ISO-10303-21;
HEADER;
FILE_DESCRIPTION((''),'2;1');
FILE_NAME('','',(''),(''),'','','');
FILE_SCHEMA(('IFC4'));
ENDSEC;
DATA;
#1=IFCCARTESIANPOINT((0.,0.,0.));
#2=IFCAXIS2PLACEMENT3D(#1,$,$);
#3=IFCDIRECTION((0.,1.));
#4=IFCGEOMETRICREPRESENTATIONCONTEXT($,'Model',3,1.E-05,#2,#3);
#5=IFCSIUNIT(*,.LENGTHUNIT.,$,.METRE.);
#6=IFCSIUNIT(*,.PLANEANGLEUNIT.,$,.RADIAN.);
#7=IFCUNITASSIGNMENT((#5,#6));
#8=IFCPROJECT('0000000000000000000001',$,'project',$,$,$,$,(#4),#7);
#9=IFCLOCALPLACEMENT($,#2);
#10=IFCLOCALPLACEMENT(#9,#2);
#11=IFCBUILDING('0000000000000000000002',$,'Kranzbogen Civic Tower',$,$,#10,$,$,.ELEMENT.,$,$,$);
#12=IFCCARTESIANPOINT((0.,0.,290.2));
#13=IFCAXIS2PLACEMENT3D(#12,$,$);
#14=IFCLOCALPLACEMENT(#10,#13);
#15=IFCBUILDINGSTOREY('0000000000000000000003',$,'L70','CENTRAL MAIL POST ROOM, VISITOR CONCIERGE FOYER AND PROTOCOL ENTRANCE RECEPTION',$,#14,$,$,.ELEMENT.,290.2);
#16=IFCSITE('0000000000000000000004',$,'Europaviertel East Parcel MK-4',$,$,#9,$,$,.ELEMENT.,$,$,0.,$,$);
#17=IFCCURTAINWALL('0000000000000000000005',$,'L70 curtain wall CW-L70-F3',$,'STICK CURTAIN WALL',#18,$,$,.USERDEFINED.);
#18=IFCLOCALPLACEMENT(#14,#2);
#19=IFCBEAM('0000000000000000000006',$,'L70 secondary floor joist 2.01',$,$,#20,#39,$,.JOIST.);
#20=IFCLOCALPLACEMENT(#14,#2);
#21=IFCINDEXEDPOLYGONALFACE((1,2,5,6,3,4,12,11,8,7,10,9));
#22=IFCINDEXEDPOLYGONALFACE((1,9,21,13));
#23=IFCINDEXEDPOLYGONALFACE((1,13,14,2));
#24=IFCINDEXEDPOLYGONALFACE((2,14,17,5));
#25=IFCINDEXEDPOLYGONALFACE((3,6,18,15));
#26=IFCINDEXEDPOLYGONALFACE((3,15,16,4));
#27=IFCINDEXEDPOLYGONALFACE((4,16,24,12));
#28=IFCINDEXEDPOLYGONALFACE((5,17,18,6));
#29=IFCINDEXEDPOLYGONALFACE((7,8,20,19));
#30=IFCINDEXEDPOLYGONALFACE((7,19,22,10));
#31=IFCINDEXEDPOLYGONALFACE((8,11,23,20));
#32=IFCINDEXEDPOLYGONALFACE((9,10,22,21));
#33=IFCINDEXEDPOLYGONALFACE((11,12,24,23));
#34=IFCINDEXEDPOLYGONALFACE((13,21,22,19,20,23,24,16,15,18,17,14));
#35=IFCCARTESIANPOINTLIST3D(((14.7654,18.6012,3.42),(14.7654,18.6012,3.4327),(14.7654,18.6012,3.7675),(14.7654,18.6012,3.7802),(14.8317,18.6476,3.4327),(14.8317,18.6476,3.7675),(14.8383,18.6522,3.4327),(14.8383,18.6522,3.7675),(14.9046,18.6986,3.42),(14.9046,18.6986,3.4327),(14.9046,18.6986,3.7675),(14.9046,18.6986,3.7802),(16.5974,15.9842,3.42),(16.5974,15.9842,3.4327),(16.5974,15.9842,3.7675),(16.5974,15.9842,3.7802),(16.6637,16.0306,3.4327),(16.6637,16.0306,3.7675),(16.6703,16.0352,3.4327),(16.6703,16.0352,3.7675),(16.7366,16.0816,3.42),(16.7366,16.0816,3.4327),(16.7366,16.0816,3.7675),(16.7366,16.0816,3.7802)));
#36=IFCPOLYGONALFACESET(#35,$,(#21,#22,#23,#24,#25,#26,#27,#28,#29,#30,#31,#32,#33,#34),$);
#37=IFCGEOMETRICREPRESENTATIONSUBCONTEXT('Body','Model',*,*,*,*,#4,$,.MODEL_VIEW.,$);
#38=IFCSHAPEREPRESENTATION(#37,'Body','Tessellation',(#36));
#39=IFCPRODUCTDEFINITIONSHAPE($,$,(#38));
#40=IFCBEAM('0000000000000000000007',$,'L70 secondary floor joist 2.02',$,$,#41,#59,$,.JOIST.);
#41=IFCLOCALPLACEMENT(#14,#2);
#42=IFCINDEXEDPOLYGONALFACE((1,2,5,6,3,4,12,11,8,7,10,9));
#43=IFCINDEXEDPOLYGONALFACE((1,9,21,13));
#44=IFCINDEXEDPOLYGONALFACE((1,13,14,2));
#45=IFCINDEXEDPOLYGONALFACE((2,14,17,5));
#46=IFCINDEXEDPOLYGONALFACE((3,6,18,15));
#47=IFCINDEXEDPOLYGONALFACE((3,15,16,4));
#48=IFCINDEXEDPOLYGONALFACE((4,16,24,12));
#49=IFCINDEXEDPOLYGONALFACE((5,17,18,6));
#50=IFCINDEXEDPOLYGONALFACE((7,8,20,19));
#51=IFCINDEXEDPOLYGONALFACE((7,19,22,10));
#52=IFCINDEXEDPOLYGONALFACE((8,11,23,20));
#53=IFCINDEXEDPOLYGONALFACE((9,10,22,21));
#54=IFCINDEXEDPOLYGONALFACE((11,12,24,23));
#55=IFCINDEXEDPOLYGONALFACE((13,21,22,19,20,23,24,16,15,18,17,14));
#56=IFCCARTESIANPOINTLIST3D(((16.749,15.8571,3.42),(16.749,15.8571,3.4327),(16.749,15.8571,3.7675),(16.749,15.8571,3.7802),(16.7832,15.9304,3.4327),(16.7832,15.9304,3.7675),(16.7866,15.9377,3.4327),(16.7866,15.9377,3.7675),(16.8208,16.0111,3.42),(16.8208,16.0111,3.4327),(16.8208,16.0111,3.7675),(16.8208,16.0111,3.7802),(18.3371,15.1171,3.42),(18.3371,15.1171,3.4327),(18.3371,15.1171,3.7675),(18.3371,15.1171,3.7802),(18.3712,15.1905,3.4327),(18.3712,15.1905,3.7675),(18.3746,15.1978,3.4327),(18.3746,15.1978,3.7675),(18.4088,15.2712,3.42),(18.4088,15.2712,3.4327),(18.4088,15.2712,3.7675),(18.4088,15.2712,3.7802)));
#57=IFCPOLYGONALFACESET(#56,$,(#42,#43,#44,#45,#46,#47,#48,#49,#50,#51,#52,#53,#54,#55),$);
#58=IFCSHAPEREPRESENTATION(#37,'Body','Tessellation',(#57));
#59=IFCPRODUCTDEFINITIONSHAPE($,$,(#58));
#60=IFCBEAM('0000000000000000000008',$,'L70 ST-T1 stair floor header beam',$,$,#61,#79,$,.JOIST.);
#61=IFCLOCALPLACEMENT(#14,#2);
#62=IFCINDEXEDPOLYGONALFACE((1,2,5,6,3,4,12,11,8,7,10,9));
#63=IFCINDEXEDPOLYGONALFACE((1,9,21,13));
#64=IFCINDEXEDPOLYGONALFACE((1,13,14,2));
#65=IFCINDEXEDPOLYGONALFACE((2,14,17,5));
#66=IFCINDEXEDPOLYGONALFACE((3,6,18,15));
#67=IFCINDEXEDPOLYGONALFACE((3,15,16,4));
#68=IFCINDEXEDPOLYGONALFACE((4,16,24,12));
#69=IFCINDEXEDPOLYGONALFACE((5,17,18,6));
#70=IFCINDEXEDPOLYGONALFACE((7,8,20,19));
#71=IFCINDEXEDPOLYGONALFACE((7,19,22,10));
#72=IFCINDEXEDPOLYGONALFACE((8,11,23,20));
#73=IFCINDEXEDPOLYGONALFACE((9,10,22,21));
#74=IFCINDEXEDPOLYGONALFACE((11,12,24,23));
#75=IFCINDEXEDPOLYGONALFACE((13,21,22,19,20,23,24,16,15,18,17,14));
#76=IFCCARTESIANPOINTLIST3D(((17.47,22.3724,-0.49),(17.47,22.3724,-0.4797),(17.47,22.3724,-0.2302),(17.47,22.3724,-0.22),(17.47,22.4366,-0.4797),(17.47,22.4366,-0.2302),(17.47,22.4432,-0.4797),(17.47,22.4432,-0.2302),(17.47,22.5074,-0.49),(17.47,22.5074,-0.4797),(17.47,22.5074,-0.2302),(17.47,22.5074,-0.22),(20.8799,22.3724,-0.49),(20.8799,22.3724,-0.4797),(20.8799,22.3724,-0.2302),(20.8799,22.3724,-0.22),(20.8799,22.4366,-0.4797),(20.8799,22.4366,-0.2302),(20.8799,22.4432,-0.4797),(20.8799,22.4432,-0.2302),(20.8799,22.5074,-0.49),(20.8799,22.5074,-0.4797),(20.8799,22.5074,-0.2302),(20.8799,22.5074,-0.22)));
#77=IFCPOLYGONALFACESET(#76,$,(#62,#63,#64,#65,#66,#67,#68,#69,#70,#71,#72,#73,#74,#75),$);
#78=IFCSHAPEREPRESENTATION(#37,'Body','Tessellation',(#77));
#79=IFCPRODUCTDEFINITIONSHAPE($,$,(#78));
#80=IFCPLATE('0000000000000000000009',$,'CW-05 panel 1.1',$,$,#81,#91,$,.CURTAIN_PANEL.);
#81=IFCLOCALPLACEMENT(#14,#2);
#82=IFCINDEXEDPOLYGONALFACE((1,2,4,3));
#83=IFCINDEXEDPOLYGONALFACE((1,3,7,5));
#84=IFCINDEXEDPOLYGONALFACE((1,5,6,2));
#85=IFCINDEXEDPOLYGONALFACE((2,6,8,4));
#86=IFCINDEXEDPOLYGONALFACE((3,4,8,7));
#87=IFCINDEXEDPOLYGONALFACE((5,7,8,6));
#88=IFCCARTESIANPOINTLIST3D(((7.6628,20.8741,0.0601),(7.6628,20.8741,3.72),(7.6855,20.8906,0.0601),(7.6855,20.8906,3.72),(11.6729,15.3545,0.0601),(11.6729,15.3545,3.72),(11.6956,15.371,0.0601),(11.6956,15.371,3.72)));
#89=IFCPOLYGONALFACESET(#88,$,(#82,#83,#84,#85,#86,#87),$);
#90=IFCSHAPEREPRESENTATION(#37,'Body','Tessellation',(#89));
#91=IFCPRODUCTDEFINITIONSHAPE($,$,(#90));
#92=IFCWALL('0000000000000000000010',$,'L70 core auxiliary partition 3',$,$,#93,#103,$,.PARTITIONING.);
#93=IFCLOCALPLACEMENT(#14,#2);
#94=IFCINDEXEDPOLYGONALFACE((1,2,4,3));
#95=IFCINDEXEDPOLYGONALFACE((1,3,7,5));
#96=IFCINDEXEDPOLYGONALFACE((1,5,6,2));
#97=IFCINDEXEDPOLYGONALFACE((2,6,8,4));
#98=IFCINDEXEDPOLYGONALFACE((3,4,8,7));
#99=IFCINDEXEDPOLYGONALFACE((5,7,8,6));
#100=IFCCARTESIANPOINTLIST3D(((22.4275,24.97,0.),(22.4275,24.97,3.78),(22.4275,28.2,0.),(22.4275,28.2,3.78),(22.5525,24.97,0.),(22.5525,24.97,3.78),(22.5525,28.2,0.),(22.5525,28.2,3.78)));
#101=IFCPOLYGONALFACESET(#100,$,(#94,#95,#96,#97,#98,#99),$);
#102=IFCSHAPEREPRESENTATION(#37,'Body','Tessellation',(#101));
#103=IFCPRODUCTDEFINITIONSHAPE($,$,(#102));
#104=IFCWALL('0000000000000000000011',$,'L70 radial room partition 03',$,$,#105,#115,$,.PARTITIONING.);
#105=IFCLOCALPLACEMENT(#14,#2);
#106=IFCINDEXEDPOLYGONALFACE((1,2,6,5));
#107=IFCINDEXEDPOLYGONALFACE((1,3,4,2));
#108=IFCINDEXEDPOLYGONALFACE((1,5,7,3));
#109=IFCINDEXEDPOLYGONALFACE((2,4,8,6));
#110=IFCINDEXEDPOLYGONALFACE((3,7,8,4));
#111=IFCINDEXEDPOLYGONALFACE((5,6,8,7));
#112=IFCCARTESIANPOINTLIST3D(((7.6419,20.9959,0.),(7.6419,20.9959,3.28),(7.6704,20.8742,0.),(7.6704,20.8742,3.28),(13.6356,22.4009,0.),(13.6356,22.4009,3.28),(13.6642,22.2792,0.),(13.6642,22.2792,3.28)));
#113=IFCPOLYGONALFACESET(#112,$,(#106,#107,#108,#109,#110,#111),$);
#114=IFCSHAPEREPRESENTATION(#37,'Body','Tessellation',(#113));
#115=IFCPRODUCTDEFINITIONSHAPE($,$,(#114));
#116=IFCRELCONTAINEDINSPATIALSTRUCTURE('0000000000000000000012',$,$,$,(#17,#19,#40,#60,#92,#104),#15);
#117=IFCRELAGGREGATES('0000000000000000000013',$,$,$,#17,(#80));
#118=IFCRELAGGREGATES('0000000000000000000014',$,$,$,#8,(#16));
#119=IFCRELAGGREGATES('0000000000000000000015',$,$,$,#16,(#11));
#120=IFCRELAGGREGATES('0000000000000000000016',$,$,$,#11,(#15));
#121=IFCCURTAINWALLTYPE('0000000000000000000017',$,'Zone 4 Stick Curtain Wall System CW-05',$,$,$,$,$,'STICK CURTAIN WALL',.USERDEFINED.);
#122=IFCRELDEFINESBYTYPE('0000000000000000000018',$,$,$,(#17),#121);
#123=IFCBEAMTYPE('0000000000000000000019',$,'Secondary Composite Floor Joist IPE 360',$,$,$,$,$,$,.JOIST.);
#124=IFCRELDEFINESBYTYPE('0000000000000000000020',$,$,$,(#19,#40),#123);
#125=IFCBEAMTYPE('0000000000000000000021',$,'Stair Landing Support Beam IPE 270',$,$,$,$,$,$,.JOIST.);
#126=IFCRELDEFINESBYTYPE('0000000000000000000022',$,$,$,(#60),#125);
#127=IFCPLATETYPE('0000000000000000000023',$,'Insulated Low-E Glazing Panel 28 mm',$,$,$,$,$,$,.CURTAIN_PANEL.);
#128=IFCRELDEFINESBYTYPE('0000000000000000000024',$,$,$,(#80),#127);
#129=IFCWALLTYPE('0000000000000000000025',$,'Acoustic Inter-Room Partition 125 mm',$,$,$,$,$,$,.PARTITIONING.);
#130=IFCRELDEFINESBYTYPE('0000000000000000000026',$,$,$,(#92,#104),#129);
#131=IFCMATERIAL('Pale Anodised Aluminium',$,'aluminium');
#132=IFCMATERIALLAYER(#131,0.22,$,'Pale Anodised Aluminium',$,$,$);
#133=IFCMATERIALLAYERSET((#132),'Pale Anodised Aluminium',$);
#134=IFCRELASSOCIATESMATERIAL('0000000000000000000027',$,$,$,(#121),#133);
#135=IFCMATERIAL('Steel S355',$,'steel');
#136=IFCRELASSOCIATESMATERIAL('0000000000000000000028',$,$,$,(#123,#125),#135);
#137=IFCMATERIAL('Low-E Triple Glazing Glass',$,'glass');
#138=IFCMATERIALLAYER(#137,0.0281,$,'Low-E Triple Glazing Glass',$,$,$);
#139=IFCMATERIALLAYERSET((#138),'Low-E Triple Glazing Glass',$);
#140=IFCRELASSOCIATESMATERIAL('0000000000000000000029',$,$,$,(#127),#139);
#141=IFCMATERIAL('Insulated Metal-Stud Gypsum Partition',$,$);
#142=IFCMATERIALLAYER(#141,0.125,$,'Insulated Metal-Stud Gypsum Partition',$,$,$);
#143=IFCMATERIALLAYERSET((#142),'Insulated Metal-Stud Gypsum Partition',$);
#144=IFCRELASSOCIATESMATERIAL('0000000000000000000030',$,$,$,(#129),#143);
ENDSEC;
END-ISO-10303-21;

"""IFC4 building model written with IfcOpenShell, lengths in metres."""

from ifc_helpers import new_model, si_unit, direction, frame, frame_2d, origin, origin_2d, place, context, subcontext, project, spatial, rectangle, i_section, extrude, material, layer, layer_set, material_profile, profile_set, type_object, element, aggregate, save


model = new_model("IFC4")

# Units and contexts
model_context = context("Model", 3, precision=1e-05, world=origin(), true_north=direction((0.0, 1.0)))
body_context = subcontext(model_context, "Body", "Model", "MODEL_VIEW")
ifc_project = project(units=[si_unit("LENGTHUNIT", "METRE"), si_unit("PLANEANGLEUNIT", "RADIAN")], contexts=[model_context])

# Site, building, storey
site_placement = place(None, origin())
site = spatial("IfcSite", under=ifc_project, at=site_placement, Name="Europaviertel East Parcel MK-4", CompositionType="ELEMENT", RefElevation=0.0)
building_placement = place(site_placement, origin())
building = spatial("IfcBuilding", under=site, at=building_placement, Name="Kranzbogen Civic Tower", CompositionType="ELEMENT")
storey_placement = place(building_placement, frame((0.0, 0.0, 290.2)))
storey = spatial("IfcBuildingStorey", under=building, at=storey_placement, Name="L70", Description="CENTRAL MAIL POST ROOM, VISITOR CONCIERGE FOYER AND PROTOCOL ENTRANCE RECEPTION", CompositionType="ELEMENT", Elevation=290.2)

# Shared definitions
ifc_material_1 = material(Name="Steel S355", Category="steel")

# Shared definitions
ifc_material_2 = material(Name="Pale Anodised Aluminium", Category="aluminium")
ifc_layer_1 = layer(ifc_material_2, 0.22, Name="Pale Anodised Aluminium")
ifc_layer_set_1 = layer_set([ifc_layer_1], Name="Pale Anodised Aluminium")
curtain_wall_type = type_object("IfcCurtainWallType", Name="Zone 4 Stick Curtain Wall System CW-05", ElementType="STICK CURTAIN WALL", PredefinedType="USERDEFINED", material=ifc_layer_set_1)

# Curtain wall
curtain_wall_1_placement = place(storey_placement, origin())
curtain_wall_1 = element("IfcCurtainWall", 1, at=curtain_wall_1_placement, inside=storey, type_object=curtain_wall_type, Name="L70 curtain wall CW-L70-F3", ObjectType="STICK CURTAIN WALL", PredefinedType="USERDEFINED")

# Beams
ifc_material_profile_1 = material_profile(ifc_material_1, i_section(OverallWidth=0.1699, OverallDepth=0.3601, WebThickness=0.0081, FlangeThickness=0.0127, at=origin_2d()), Name="IPE 360")
ifc_profile_set_1 = profile_set([ifc_material_profile_1], Name="Steel S355")
beam_type_1 = type_object("IfcBeamType", Name="Secondary Composite Floor Joist IPE 360", PredefinedType="JOIST", material=ifc_profile_set_1)
beam_1_placement = place(storey_placement, frame((14.835, 18.6499, 3.6001), z_axis=(0.573498, -0.819207, 0.0), x_axis=(0.819207, 0.573498, 0.0)))
element("IfcBeam", 2, at=beam_1_placement, inside=storey, type_object=beam_type_1, Name="L70 secondary floor joist 2.01", PredefinedType="JOIST", context=body_context, shape_type="SweptSolid", body=[
    extrude(i_section(OverallWidth=0.1699, OverallDepth=0.3601, WebThickness=0.0081, FlangeThickness=0.0127, at=origin_2d()), origin(), (0.0, 0.0, 1.0), 3.1946),
])
beam_2_placement = place(storey_placement, frame((16.7849, 15.9341, 3.6001), z_axis=(0.906432, -0.422351, 0.0), x_axis=(0.422351, 0.906432, 0.0)))
element("IfcBeam", 3, at=beam_2_placement, inside=storey, type_object=beam_type_1, Name="L70 secondary floor joist 2.02", PredefinedType="JOIST", context=body_context, shape_type="SweptSolid", body=[
    extrude(i_section(OverallWidth=0.1699, OverallDepth=0.3601, WebThickness=0.0081, FlangeThickness=0.0127, at=origin_2d()), origin(), (0.0, 0.0, 1.0), 1.752),
])
ifc_material_profile_2 = material_profile(ifc_material_1, i_section(OverallWidth=0.135, OverallDepth=0.27, WebThickness=0.0066, FlangeThickness=0.0103, at=origin_2d()), Name="IPE 270")
ifc_profile_set_2 = profile_set([ifc_material_profile_2], Name="Steel S355")
beam_type_2 = type_object("IfcBeamType", Name="Stair Landing Support Beam IPE 270", PredefinedType="JOIST", material=ifc_profile_set_2)
beam_3_placement = place(storey_placement, frame((20.8799, 22.4399, -0.355), z_axis=(-1.0, 0.0, 0.0), x_axis=(0.0, -1.0, 0.0)))
element("IfcBeam", 4, at=beam_3_placement, inside=storey, type_object=beam_type_2, Name="L70 ST-T1 stair floor header beam", PredefinedType="JOIST", context=body_context, shape_type="SweptSolid", body=[
    extrude(i_section(OverallWidth=0.135, OverallDepth=0.27, WebThickness=0.0066, FlangeThickness=0.0103, at=origin_2d()), origin(), (0.0, 0.0, 1.0), 3.4099),
])

# Plate
ifc_material_3 = material(Name="Low-E Triple Glazing Glass", Category="glass")
ifc_layer_2 = layer(ifc_material_3, 0.0281, Name="Low-E Triple Glazing Glass")
ifc_layer_set_2 = layer_set([ifc_layer_2], Name="Low-E Triple Glazing Glass")
plate_type = type_object("IfcPlateType", Name="Insulated Low-E Glazing Panel 28 mm", PredefinedType="CURTAIN_PANEL", material=ifc_layer_set_2)
plate_placement = place(storey_placement, frame((9.6792, 18.1226, 0.0601), z_axis=(0.0, 0.0, 1.0), x_axis=(0.587767, -0.80903, 0.0)))
plate = element("IfcPlate", 5, at=plate_placement, type_object=plate_type, Name="CW-05 panel 1.1", PredefinedType="CURTAIN_PANEL", context=body_context, shape_type="SweptSolid", body=[
    extrude(rectangle(XDim=6.8225, YDim=0.0281, at=origin_2d()), origin(), (0.0, 0.0, 1.0), 3.6599),
])
aggregate(curtain_wall_1, [plate])

# Walls
ifc_material_4 = material(Name="Insulated Metal-Stud Gypsum Partition")
ifc_layer_3 = layer(ifc_material_4, 0.125, Name="Insulated Metal-Stud Gypsum Partition")
ifc_layer_set_3 = layer_set([ifc_layer_3], Name="Insulated Metal-Stud Gypsum Partition")
wall_type_1 = type_object("IfcWallType", Name="Acoustic Inter-Room Partition 125 mm", PredefinedType="PARTITIONING", material=ifc_layer_set_3)
wall_1_placement = place(storey_placement, frame((22.49, 24.97, 0.0), z_axis=(0.0, 0.0, 1.0), x_axis=(0.0, 1.0, 0.0)))
element("IfcWall", 6, at=wall_1_placement, inside=storey, type_object=wall_type_1, Name="L70 core auxiliary partition 3", PredefinedType="PARTITIONING", context=body_context, shape_type="SweptSolid", body=[
    extrude(rectangle(XDim=3.23, YDim=0.125, at=frame_2d((1.615, 0.0))), origin(), (0.0, 0.0, 1.0), 3.78),
])
wall_2_placement = place(storey_placement, frame((13.6499, 22.3401, 0.0), z_axis=(0.0, 0.0, 1.0), x_axis=(-0.973609, -0.228224, 0.0)))
element("IfcWall", 7, at=wall_2_placement, inside=storey, type_object=wall_type_1, Name="L70 radial room partition 03", PredefinedType="PARTITIONING", context=body_context, shape_type="SweptSolid", body=[
    extrude(rectangle(XDim=6.1562, YDim=0.125, at=frame_2d((3.0781, 0.0))), origin(), (0.0, 0.0, 1.0), 3.28),
])

save(model, "model.ifc")
